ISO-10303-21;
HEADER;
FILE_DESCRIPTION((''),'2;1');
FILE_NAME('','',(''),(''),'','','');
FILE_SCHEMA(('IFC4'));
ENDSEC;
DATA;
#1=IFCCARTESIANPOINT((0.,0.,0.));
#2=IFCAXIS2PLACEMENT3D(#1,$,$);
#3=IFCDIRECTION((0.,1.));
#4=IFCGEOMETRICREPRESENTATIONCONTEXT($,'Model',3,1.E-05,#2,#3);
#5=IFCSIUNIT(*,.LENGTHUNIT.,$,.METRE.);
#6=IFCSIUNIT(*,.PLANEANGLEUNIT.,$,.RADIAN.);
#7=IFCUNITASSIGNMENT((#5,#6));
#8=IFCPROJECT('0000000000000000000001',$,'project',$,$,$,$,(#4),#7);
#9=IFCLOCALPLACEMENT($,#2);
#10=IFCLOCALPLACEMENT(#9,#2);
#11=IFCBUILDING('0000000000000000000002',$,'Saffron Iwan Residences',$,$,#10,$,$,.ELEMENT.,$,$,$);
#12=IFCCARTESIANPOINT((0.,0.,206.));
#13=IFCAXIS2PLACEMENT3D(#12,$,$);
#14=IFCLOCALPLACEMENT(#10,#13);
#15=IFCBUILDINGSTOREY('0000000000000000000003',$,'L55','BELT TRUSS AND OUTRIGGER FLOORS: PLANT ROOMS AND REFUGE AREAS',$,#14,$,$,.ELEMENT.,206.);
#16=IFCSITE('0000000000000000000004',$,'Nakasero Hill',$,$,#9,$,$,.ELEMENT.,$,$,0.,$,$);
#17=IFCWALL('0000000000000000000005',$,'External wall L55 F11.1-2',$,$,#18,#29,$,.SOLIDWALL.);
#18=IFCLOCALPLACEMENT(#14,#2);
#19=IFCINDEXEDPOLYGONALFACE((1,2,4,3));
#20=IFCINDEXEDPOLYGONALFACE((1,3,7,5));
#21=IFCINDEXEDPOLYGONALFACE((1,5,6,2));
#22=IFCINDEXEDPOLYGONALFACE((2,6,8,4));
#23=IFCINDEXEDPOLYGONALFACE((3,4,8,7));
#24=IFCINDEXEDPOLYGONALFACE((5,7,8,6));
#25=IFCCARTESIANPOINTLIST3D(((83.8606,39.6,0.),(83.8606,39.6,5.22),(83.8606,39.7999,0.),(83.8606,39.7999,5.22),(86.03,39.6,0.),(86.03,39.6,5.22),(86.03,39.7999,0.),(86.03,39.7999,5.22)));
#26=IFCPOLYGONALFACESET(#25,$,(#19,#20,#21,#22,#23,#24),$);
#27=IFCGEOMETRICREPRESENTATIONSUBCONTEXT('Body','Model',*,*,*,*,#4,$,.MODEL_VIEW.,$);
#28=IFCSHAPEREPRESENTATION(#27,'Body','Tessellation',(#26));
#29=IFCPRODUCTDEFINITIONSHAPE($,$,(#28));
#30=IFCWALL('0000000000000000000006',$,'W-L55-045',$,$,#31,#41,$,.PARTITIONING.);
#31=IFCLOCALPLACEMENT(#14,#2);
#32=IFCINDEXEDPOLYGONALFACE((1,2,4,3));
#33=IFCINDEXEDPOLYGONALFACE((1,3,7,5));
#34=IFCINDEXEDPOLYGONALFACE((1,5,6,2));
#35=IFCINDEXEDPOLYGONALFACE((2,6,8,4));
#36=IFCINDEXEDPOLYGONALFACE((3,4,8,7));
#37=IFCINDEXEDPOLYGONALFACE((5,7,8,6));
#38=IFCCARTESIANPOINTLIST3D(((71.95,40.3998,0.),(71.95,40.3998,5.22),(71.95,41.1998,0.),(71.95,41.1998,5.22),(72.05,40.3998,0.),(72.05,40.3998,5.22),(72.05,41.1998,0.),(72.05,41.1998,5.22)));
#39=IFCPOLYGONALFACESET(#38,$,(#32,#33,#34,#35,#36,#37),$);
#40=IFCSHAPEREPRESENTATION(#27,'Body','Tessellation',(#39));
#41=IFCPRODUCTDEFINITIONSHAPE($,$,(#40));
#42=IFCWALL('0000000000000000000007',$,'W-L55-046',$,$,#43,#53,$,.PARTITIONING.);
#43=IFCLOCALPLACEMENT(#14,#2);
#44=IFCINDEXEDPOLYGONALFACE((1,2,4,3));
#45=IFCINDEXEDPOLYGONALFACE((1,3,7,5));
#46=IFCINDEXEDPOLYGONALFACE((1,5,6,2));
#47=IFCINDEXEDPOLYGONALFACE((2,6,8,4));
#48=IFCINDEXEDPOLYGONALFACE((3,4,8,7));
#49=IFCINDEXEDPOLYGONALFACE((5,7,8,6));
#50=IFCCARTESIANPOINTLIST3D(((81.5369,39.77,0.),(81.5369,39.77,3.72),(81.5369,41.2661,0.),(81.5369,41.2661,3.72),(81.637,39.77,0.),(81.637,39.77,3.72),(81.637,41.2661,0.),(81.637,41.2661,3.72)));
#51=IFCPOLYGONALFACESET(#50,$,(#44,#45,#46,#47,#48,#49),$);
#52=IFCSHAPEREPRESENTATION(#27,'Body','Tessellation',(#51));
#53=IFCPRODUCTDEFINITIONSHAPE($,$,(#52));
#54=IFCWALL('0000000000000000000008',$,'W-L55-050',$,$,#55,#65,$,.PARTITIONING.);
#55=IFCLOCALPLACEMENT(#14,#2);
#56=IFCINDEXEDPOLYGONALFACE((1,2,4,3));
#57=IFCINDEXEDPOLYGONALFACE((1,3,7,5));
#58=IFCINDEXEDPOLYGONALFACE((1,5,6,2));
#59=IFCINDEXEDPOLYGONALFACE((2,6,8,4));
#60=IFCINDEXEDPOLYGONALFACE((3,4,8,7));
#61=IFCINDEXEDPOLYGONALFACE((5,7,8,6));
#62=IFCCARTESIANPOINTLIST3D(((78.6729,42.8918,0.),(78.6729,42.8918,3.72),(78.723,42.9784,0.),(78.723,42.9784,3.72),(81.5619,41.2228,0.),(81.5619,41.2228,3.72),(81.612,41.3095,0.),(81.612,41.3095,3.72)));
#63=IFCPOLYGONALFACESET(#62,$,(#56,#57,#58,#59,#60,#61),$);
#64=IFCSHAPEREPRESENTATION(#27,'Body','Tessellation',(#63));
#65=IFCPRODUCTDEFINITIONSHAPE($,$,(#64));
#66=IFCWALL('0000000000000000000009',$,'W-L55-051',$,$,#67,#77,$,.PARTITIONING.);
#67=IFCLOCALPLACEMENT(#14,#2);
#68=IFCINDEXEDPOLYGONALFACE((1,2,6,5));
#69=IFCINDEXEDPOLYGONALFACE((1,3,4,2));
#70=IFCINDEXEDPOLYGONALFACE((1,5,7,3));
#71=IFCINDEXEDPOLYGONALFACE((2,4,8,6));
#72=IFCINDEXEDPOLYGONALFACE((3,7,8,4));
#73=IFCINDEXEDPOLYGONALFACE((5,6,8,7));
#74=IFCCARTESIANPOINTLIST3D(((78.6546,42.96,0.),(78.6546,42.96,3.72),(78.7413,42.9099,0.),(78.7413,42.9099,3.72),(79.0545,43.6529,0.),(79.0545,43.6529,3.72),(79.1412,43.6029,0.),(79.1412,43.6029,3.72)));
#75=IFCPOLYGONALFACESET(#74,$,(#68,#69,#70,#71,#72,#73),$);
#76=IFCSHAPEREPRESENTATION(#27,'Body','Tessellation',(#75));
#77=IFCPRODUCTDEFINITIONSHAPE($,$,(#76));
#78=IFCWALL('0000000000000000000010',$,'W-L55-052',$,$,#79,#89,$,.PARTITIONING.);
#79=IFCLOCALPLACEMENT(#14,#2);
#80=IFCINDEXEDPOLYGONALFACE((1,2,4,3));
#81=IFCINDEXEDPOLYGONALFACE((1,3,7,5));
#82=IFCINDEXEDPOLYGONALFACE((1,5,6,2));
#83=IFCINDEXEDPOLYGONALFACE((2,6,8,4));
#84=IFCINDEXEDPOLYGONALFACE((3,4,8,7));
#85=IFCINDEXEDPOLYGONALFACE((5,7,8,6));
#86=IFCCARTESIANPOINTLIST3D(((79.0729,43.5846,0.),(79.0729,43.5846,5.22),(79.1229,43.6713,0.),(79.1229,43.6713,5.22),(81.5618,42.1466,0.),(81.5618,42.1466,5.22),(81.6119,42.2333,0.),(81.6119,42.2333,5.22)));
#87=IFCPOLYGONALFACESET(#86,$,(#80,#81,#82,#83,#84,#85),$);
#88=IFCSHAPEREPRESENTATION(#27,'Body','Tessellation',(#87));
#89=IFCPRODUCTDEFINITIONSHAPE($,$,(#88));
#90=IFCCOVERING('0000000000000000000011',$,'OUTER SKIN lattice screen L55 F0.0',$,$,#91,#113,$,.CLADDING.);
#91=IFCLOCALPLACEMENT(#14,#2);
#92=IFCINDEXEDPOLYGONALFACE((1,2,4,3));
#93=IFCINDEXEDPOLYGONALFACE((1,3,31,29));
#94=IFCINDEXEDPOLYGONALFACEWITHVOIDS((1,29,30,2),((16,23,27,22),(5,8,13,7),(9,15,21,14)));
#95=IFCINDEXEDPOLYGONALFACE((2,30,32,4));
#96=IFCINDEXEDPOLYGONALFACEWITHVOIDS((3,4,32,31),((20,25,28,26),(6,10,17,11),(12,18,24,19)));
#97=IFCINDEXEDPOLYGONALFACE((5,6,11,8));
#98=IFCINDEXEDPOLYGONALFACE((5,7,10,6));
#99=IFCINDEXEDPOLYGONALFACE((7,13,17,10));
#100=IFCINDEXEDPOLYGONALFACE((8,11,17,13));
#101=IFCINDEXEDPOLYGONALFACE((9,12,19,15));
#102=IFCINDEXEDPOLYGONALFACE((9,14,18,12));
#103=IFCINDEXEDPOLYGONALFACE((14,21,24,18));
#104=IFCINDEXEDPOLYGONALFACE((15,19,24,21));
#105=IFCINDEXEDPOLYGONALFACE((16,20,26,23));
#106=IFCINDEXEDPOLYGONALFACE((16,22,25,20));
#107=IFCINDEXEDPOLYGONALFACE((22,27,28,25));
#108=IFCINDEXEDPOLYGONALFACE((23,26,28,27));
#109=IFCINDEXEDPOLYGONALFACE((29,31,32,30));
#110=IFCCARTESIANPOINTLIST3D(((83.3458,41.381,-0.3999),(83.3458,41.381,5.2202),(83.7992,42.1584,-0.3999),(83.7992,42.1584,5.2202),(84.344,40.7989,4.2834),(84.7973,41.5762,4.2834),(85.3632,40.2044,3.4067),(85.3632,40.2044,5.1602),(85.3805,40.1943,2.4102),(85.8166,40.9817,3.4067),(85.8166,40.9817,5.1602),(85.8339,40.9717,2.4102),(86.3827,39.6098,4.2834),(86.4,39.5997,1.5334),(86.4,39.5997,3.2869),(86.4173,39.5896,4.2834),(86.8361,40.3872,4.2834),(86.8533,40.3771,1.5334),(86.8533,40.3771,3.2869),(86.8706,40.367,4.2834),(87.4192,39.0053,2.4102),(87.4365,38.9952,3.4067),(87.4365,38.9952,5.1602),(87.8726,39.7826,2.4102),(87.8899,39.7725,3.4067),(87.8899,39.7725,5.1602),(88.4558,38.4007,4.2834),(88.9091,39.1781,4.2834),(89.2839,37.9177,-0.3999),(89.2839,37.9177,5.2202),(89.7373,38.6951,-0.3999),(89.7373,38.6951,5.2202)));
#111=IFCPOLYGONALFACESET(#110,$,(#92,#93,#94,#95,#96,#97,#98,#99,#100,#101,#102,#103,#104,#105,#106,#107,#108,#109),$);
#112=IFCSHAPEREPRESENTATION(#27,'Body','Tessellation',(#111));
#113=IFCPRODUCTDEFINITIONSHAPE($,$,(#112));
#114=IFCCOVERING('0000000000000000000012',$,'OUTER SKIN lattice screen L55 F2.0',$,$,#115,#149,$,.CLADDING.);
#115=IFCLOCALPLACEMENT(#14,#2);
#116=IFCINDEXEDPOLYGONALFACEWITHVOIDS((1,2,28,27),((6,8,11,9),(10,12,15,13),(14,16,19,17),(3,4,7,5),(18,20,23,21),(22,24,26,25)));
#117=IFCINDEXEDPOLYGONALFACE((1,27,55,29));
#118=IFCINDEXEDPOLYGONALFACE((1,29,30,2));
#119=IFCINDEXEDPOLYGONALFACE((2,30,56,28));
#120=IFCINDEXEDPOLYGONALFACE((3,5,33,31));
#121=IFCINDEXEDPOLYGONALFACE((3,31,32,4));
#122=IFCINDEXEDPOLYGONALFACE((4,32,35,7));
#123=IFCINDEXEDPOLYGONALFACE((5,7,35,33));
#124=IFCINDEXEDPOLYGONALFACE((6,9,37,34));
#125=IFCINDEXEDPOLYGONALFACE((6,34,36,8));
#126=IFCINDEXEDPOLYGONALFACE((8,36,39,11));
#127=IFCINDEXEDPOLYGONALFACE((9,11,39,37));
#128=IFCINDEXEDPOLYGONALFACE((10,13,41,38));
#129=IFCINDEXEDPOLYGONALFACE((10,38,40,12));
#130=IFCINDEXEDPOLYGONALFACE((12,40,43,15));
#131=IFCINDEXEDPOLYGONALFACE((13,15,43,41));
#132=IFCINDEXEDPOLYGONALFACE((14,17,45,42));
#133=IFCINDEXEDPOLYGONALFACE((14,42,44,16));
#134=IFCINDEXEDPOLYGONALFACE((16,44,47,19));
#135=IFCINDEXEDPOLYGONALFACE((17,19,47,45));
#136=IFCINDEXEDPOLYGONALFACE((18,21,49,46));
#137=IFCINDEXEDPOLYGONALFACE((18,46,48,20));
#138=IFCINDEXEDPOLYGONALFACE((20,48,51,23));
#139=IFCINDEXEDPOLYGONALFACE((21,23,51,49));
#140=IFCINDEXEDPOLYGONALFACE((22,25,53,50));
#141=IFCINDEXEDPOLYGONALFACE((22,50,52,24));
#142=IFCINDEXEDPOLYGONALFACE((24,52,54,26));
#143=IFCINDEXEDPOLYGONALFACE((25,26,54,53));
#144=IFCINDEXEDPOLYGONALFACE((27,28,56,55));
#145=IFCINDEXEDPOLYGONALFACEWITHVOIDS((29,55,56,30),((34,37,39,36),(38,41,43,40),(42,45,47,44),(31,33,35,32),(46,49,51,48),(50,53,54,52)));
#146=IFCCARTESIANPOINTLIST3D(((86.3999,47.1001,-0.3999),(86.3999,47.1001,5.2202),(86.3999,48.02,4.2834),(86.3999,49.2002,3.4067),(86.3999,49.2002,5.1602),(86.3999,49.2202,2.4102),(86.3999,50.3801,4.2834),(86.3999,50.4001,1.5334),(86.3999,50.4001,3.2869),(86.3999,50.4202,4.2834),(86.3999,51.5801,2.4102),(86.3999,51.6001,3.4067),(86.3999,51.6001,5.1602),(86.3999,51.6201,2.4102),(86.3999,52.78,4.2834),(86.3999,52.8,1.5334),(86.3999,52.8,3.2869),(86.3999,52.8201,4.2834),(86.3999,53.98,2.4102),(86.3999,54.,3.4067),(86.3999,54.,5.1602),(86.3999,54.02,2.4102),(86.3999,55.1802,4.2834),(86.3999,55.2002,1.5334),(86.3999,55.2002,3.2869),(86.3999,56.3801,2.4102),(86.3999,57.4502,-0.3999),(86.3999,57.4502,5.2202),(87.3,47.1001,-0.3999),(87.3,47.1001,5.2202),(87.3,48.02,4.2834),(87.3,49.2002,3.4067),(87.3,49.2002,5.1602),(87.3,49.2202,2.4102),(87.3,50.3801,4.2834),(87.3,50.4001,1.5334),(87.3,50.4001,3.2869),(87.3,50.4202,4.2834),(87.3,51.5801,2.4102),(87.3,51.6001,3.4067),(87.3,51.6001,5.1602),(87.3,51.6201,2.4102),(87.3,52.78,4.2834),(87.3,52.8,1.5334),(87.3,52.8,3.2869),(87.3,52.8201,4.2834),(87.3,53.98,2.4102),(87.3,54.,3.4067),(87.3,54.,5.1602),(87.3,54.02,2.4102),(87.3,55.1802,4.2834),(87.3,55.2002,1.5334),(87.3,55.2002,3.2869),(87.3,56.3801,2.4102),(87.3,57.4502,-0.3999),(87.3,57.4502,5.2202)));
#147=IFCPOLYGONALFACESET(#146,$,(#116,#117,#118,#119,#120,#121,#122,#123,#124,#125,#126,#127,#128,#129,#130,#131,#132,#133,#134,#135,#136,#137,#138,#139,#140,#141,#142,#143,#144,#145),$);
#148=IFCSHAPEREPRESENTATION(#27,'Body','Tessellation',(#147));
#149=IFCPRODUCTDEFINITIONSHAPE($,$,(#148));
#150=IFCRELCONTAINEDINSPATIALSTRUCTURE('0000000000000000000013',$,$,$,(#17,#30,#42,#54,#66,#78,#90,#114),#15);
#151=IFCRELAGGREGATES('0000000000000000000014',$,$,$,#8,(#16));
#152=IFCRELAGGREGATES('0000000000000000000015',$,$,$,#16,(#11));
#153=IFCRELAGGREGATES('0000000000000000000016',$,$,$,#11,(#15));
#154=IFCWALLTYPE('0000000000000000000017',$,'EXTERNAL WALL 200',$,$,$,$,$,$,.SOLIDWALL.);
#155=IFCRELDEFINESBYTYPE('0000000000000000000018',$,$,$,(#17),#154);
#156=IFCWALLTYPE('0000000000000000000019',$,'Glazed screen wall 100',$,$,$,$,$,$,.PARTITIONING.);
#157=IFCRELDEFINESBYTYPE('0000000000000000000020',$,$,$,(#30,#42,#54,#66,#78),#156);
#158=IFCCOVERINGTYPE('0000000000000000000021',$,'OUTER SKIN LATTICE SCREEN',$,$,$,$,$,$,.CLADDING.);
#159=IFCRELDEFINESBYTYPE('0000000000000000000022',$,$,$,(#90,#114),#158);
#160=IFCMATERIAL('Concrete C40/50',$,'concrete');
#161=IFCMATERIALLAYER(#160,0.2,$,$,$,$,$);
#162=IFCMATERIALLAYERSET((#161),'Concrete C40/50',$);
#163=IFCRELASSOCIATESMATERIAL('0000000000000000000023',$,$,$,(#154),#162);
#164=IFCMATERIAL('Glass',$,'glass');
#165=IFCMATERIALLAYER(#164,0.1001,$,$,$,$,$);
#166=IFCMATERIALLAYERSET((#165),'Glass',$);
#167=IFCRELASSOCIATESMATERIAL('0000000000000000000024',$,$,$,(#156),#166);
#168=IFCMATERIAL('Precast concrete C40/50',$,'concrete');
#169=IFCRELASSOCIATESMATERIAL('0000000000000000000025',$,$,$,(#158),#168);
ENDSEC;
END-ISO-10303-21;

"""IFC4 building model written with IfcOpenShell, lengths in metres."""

from ifc_helpers import new_model, si_unit, direction, frame, frame_2d, origin, place, context, subcontext, project, spatial, polyline, rectangle, outline, extrude, material, layer, layer_set, type_object, element, save


model = new_model("IFC4")

# Units and contexts
model_context = context("Model", 3, precision=1e-05, world=origin(), true_north=direction((0.0, 1.0)))
body_context = subcontext(model_context, "Body", "Model", "MODEL_VIEW")
ifc_project = project(units=[si_unit("LENGTHUNIT", "METRE"), si_unit("PLANEANGLEUNIT", "RADIAN")], contexts=[model_context])

# Site, building, storey
site_placement = place(None, origin())
site = spatial("IfcSite", under=ifc_project, at=site_placement, Name="Nakasero Hill", CompositionType="ELEMENT", RefElevation=0.0)
building_placement = place(site_placement, origin())
building = spatial("IfcBuilding", under=site, at=building_placement, Name="Saffron Iwan Residences", CompositionType="ELEMENT")
storey_placement = place(building_placement, frame((0.0, 0.0, 206.0)))
storey = spatial("IfcBuildingStorey", under=building, at=storey_placement, Name="L55", Description="BELT TRUSS AND OUTRIGGER FLOORS: PLANT ROOMS AND REFUGE AREAS", CompositionType="ELEMENT", Elevation=206.0)

# Walls
ifc_material_1 = material(Name="Concrete C40/50", Category="concrete")
ifc_layer_1 = layer(ifc_material_1, 0.2)
ifc_layer_set_1 = layer_set([ifc_layer_1], Name="Concrete C40/50")
wall_type_1 = type_object("IfcWallType", Name="EXTERNAL WALL 200", PredefinedType="SOLIDWALL", material=ifc_layer_set_1)
wall_1_placement = place(storey_placement, frame((83.8606, 39.7, 0.0), z_axis=(0.0, 0.0, 1.0), x_axis=(1.0, 0.0, 0.0)))
element("IfcWall", 1, at=wall_1_placement, inside=storey, type_object=wall_type_1, Name="External wall L55 F11.1-2", PredefinedType="SOLIDWALL", context=body_context, shape_type="SweptSolid", body=[
    extrude(rectangle(XDim=2.1694, YDim=0.2, at=frame_2d((1.0847, 0.0))), origin(), (0.0, 0.0, 1.0), 5.22),
])
ifc_material_2 = material(Name="Glass", Category="glass")
ifc_layer_2 = layer(ifc_material_2, 0.1001)
ifc_layer_set_2 = layer_set([ifc_layer_2], Name="Glass")
wall_type_2 = type_object("IfcWallType", Name="Glazed screen wall 100", PredefinedType="PARTITIONING", material=ifc_layer_set_2)
wall_2_placement = place(storey_placement, frame((72.0, 40.3999, 0.0), z_axis=(0.0, 0.0, 1.0), x_axis=(0.0, 1.0, 0.0)))
element("IfcWall", 2, at=wall_2_placement, inside=storey, type_object=wall_type_2, Name="W-L55-045", PredefinedType="PARTITIONING", context=body_context, shape_type="SweptSolid", body=[
    extrude(rectangle(XDim=0.8, YDim=0.1001, at=frame_2d((0.3999, 0.0))), origin(), (0.0, 0.0, 1.0), 5.22),
])
wall_3_placement = place(storey_placement, frame((81.5869, 39.77, 0.0), z_axis=(0.0, 0.0, 1.0), x_axis=(0.0, 1.0, 0.0)))
element("IfcWall", 3, at=wall_3_placement, inside=storey, type_object=wall_type_2, Name="W-L55-046", PredefinedType="PARTITIONING", context=body_context, shape_type="SweptSolid", body=[
    extrude(rectangle(XDim=1.4961, YDim=0.1001, at=frame_2d((0.748, 0.0))), origin(), (0.0, 0.0, 1.0), 3.72),
])
wall_4_placement = place(storey_placement, frame((81.5869, 41.2661, 0.0), z_axis=(0.0, 0.0, 1.0), x_axis=(-0.865892, 0.500231, 0.0)))
element("IfcWall", 4, at=wall_4_placement, inside=storey, type_object=wall_type_2, Name="W-L55-050", PredefinedType="PARTITIONING", context=body_context, shape_type="SweptSolid", body=[
    extrude(rectangle(XDim=3.3364, YDim=0.1001, at=frame_2d((1.6682, 0.0))), origin(), (0.0, 0.0, 1.0), 3.72),
])
wall_5_placement = place(storey_placement, frame((78.698, 42.9351, 0.0), z_axis=(0.0, 0.0, 1.0), x_axis=(0.499881, 0.866094, 0.0)))
element("IfcWall", 5, at=wall_5_placement, inside=storey, type_object=wall_type_2, Name="W-L55-051", PredefinedType="PARTITIONING", context=body_context, shape_type="SweptSolid", body=[
    extrude(rectangle(XDim=0.8, YDim=0.1001, at=frame_2d((0.3999, 0.0))), origin(), (0.0, 0.0, 1.0), 3.72),
])
wall_6_placement = place(storey_placement, frame((79.0979, 43.6279, 0.0), z_axis=(0.0, 0.0, 1.0), x_axis=(0.865881, -0.500249, 0.0)))
element("IfcWall", 6, at=wall_6_placement, inside=storey, type_object=wall_type_2, Name="W-L55-052", PredefinedType="PARTITIONING", context=body_context, shape_type="SweptSolid", body=[
    extrude(rectangle(XDim=2.8745, YDim=0.1001, at=frame_2d((1.4373, 0.0))), origin(), (0.0, 0.0, 1.0), 5.22),
])

# Coverings
ifc_material_3 = material(Name="Precast concrete C40/50", Category="concrete")
covering_type_1 = type_object("IfcCoveringType", Name="OUTER SKIN LATTICE SCREEN", PredefinedType="CLADDING", material=ifc_material_3)
covering_1_placement = place(storey_placement, frame((89.2839, 37.9177, -0.3999), z_axis=(0.503804, 0.863818, 0.0), x_axis=(-0.863818, 0.503804, 0.0)))
element("IfcCovering", 7, at=covering_1_placement, inside=storey, type_object=covering_type_1, Name="OUTER SKIN lattice screen L55 F0.0", PredefinedType="CLADDING", context=body_context, shape_type="SweptSolid", body=[
    extrude(outline(polyline([(0.0, 0.0), (6.8743, 0.0), (6.8743, 5.6201), (0.0, 5.6201), (0.0, 0.0)]), holes=[polyline([(2.1587, 2.8101), (3.3386, 1.9333), (4.5188, 2.8101), (3.3386, 3.6868), (2.1587, 2.8101)]), polyline([(0.9587, 4.6833), (2.1387, 3.8066), (3.3186, 4.6833), (2.1387, 5.5601), (0.9587, 4.6833)]), polyline([(3.3586, 4.6833), (4.5388, 3.8066), (5.7188, 4.6833), (4.5388, 5.5601), (3.3586, 4.6833)])]), origin(), (0.0, 0.0, 1.0), 0.8999),
])
covering_2_placement = place(storey_placement, frame((86.3999, 47.1001, -0.3999), z_axis=(1.0, 0.0, 0.0), x_axis=(0.0, 1.0, 0.0)))
element("IfcCovering", 8, at=covering_2_placement, inside=storey, type_object=covering_type_1, Name="OUTER SKIN lattice screen L55 F2.0", PredefinedType="CLADDING", context=body_context, shape_type="SweptSolid", body=[
    extrude(outline(polyline([(0.0, 0.0), (10.3501, 0.0), (10.3501, 5.6201), (0.0, 5.6201), (0.0, 0.0)]), holes=[polyline([(2.1201, 2.8101), (3.3, 1.9333), (4.48, 2.8101), (3.3, 3.6868), (2.1201, 2.8101)]), polyline([(4.52, 2.8101), (5.7, 1.9333), (6.8799, 2.8101), (5.7, 3.6868), (4.52, 2.8101)]), polyline([(6.9199, 2.8101), (8.1001, 1.9333), (9.28, 2.8101), (8.1001, 3.6868), (6.9199, 2.8101)]), polyline([(0.9199, 4.6833), (2.1001, 3.8066), (3.28, 4.6833), (2.1001, 5.5601), (0.9199, 4.6833)]), polyline([(3.3201, 4.6833), (4.5, 3.8066), (5.6799, 4.6833), (4.5, 5.5601), (3.3201, 4.6833)]), polyline([(5.72, 4.6833), (6.8999, 3.8066), (8.0801, 4.6833), (6.8999, 5.5601), (5.72, 4.6833)])]), origin(), (0.0, 0.0, 1.0), 0.9001),
])

save(model, "model.ifc")
